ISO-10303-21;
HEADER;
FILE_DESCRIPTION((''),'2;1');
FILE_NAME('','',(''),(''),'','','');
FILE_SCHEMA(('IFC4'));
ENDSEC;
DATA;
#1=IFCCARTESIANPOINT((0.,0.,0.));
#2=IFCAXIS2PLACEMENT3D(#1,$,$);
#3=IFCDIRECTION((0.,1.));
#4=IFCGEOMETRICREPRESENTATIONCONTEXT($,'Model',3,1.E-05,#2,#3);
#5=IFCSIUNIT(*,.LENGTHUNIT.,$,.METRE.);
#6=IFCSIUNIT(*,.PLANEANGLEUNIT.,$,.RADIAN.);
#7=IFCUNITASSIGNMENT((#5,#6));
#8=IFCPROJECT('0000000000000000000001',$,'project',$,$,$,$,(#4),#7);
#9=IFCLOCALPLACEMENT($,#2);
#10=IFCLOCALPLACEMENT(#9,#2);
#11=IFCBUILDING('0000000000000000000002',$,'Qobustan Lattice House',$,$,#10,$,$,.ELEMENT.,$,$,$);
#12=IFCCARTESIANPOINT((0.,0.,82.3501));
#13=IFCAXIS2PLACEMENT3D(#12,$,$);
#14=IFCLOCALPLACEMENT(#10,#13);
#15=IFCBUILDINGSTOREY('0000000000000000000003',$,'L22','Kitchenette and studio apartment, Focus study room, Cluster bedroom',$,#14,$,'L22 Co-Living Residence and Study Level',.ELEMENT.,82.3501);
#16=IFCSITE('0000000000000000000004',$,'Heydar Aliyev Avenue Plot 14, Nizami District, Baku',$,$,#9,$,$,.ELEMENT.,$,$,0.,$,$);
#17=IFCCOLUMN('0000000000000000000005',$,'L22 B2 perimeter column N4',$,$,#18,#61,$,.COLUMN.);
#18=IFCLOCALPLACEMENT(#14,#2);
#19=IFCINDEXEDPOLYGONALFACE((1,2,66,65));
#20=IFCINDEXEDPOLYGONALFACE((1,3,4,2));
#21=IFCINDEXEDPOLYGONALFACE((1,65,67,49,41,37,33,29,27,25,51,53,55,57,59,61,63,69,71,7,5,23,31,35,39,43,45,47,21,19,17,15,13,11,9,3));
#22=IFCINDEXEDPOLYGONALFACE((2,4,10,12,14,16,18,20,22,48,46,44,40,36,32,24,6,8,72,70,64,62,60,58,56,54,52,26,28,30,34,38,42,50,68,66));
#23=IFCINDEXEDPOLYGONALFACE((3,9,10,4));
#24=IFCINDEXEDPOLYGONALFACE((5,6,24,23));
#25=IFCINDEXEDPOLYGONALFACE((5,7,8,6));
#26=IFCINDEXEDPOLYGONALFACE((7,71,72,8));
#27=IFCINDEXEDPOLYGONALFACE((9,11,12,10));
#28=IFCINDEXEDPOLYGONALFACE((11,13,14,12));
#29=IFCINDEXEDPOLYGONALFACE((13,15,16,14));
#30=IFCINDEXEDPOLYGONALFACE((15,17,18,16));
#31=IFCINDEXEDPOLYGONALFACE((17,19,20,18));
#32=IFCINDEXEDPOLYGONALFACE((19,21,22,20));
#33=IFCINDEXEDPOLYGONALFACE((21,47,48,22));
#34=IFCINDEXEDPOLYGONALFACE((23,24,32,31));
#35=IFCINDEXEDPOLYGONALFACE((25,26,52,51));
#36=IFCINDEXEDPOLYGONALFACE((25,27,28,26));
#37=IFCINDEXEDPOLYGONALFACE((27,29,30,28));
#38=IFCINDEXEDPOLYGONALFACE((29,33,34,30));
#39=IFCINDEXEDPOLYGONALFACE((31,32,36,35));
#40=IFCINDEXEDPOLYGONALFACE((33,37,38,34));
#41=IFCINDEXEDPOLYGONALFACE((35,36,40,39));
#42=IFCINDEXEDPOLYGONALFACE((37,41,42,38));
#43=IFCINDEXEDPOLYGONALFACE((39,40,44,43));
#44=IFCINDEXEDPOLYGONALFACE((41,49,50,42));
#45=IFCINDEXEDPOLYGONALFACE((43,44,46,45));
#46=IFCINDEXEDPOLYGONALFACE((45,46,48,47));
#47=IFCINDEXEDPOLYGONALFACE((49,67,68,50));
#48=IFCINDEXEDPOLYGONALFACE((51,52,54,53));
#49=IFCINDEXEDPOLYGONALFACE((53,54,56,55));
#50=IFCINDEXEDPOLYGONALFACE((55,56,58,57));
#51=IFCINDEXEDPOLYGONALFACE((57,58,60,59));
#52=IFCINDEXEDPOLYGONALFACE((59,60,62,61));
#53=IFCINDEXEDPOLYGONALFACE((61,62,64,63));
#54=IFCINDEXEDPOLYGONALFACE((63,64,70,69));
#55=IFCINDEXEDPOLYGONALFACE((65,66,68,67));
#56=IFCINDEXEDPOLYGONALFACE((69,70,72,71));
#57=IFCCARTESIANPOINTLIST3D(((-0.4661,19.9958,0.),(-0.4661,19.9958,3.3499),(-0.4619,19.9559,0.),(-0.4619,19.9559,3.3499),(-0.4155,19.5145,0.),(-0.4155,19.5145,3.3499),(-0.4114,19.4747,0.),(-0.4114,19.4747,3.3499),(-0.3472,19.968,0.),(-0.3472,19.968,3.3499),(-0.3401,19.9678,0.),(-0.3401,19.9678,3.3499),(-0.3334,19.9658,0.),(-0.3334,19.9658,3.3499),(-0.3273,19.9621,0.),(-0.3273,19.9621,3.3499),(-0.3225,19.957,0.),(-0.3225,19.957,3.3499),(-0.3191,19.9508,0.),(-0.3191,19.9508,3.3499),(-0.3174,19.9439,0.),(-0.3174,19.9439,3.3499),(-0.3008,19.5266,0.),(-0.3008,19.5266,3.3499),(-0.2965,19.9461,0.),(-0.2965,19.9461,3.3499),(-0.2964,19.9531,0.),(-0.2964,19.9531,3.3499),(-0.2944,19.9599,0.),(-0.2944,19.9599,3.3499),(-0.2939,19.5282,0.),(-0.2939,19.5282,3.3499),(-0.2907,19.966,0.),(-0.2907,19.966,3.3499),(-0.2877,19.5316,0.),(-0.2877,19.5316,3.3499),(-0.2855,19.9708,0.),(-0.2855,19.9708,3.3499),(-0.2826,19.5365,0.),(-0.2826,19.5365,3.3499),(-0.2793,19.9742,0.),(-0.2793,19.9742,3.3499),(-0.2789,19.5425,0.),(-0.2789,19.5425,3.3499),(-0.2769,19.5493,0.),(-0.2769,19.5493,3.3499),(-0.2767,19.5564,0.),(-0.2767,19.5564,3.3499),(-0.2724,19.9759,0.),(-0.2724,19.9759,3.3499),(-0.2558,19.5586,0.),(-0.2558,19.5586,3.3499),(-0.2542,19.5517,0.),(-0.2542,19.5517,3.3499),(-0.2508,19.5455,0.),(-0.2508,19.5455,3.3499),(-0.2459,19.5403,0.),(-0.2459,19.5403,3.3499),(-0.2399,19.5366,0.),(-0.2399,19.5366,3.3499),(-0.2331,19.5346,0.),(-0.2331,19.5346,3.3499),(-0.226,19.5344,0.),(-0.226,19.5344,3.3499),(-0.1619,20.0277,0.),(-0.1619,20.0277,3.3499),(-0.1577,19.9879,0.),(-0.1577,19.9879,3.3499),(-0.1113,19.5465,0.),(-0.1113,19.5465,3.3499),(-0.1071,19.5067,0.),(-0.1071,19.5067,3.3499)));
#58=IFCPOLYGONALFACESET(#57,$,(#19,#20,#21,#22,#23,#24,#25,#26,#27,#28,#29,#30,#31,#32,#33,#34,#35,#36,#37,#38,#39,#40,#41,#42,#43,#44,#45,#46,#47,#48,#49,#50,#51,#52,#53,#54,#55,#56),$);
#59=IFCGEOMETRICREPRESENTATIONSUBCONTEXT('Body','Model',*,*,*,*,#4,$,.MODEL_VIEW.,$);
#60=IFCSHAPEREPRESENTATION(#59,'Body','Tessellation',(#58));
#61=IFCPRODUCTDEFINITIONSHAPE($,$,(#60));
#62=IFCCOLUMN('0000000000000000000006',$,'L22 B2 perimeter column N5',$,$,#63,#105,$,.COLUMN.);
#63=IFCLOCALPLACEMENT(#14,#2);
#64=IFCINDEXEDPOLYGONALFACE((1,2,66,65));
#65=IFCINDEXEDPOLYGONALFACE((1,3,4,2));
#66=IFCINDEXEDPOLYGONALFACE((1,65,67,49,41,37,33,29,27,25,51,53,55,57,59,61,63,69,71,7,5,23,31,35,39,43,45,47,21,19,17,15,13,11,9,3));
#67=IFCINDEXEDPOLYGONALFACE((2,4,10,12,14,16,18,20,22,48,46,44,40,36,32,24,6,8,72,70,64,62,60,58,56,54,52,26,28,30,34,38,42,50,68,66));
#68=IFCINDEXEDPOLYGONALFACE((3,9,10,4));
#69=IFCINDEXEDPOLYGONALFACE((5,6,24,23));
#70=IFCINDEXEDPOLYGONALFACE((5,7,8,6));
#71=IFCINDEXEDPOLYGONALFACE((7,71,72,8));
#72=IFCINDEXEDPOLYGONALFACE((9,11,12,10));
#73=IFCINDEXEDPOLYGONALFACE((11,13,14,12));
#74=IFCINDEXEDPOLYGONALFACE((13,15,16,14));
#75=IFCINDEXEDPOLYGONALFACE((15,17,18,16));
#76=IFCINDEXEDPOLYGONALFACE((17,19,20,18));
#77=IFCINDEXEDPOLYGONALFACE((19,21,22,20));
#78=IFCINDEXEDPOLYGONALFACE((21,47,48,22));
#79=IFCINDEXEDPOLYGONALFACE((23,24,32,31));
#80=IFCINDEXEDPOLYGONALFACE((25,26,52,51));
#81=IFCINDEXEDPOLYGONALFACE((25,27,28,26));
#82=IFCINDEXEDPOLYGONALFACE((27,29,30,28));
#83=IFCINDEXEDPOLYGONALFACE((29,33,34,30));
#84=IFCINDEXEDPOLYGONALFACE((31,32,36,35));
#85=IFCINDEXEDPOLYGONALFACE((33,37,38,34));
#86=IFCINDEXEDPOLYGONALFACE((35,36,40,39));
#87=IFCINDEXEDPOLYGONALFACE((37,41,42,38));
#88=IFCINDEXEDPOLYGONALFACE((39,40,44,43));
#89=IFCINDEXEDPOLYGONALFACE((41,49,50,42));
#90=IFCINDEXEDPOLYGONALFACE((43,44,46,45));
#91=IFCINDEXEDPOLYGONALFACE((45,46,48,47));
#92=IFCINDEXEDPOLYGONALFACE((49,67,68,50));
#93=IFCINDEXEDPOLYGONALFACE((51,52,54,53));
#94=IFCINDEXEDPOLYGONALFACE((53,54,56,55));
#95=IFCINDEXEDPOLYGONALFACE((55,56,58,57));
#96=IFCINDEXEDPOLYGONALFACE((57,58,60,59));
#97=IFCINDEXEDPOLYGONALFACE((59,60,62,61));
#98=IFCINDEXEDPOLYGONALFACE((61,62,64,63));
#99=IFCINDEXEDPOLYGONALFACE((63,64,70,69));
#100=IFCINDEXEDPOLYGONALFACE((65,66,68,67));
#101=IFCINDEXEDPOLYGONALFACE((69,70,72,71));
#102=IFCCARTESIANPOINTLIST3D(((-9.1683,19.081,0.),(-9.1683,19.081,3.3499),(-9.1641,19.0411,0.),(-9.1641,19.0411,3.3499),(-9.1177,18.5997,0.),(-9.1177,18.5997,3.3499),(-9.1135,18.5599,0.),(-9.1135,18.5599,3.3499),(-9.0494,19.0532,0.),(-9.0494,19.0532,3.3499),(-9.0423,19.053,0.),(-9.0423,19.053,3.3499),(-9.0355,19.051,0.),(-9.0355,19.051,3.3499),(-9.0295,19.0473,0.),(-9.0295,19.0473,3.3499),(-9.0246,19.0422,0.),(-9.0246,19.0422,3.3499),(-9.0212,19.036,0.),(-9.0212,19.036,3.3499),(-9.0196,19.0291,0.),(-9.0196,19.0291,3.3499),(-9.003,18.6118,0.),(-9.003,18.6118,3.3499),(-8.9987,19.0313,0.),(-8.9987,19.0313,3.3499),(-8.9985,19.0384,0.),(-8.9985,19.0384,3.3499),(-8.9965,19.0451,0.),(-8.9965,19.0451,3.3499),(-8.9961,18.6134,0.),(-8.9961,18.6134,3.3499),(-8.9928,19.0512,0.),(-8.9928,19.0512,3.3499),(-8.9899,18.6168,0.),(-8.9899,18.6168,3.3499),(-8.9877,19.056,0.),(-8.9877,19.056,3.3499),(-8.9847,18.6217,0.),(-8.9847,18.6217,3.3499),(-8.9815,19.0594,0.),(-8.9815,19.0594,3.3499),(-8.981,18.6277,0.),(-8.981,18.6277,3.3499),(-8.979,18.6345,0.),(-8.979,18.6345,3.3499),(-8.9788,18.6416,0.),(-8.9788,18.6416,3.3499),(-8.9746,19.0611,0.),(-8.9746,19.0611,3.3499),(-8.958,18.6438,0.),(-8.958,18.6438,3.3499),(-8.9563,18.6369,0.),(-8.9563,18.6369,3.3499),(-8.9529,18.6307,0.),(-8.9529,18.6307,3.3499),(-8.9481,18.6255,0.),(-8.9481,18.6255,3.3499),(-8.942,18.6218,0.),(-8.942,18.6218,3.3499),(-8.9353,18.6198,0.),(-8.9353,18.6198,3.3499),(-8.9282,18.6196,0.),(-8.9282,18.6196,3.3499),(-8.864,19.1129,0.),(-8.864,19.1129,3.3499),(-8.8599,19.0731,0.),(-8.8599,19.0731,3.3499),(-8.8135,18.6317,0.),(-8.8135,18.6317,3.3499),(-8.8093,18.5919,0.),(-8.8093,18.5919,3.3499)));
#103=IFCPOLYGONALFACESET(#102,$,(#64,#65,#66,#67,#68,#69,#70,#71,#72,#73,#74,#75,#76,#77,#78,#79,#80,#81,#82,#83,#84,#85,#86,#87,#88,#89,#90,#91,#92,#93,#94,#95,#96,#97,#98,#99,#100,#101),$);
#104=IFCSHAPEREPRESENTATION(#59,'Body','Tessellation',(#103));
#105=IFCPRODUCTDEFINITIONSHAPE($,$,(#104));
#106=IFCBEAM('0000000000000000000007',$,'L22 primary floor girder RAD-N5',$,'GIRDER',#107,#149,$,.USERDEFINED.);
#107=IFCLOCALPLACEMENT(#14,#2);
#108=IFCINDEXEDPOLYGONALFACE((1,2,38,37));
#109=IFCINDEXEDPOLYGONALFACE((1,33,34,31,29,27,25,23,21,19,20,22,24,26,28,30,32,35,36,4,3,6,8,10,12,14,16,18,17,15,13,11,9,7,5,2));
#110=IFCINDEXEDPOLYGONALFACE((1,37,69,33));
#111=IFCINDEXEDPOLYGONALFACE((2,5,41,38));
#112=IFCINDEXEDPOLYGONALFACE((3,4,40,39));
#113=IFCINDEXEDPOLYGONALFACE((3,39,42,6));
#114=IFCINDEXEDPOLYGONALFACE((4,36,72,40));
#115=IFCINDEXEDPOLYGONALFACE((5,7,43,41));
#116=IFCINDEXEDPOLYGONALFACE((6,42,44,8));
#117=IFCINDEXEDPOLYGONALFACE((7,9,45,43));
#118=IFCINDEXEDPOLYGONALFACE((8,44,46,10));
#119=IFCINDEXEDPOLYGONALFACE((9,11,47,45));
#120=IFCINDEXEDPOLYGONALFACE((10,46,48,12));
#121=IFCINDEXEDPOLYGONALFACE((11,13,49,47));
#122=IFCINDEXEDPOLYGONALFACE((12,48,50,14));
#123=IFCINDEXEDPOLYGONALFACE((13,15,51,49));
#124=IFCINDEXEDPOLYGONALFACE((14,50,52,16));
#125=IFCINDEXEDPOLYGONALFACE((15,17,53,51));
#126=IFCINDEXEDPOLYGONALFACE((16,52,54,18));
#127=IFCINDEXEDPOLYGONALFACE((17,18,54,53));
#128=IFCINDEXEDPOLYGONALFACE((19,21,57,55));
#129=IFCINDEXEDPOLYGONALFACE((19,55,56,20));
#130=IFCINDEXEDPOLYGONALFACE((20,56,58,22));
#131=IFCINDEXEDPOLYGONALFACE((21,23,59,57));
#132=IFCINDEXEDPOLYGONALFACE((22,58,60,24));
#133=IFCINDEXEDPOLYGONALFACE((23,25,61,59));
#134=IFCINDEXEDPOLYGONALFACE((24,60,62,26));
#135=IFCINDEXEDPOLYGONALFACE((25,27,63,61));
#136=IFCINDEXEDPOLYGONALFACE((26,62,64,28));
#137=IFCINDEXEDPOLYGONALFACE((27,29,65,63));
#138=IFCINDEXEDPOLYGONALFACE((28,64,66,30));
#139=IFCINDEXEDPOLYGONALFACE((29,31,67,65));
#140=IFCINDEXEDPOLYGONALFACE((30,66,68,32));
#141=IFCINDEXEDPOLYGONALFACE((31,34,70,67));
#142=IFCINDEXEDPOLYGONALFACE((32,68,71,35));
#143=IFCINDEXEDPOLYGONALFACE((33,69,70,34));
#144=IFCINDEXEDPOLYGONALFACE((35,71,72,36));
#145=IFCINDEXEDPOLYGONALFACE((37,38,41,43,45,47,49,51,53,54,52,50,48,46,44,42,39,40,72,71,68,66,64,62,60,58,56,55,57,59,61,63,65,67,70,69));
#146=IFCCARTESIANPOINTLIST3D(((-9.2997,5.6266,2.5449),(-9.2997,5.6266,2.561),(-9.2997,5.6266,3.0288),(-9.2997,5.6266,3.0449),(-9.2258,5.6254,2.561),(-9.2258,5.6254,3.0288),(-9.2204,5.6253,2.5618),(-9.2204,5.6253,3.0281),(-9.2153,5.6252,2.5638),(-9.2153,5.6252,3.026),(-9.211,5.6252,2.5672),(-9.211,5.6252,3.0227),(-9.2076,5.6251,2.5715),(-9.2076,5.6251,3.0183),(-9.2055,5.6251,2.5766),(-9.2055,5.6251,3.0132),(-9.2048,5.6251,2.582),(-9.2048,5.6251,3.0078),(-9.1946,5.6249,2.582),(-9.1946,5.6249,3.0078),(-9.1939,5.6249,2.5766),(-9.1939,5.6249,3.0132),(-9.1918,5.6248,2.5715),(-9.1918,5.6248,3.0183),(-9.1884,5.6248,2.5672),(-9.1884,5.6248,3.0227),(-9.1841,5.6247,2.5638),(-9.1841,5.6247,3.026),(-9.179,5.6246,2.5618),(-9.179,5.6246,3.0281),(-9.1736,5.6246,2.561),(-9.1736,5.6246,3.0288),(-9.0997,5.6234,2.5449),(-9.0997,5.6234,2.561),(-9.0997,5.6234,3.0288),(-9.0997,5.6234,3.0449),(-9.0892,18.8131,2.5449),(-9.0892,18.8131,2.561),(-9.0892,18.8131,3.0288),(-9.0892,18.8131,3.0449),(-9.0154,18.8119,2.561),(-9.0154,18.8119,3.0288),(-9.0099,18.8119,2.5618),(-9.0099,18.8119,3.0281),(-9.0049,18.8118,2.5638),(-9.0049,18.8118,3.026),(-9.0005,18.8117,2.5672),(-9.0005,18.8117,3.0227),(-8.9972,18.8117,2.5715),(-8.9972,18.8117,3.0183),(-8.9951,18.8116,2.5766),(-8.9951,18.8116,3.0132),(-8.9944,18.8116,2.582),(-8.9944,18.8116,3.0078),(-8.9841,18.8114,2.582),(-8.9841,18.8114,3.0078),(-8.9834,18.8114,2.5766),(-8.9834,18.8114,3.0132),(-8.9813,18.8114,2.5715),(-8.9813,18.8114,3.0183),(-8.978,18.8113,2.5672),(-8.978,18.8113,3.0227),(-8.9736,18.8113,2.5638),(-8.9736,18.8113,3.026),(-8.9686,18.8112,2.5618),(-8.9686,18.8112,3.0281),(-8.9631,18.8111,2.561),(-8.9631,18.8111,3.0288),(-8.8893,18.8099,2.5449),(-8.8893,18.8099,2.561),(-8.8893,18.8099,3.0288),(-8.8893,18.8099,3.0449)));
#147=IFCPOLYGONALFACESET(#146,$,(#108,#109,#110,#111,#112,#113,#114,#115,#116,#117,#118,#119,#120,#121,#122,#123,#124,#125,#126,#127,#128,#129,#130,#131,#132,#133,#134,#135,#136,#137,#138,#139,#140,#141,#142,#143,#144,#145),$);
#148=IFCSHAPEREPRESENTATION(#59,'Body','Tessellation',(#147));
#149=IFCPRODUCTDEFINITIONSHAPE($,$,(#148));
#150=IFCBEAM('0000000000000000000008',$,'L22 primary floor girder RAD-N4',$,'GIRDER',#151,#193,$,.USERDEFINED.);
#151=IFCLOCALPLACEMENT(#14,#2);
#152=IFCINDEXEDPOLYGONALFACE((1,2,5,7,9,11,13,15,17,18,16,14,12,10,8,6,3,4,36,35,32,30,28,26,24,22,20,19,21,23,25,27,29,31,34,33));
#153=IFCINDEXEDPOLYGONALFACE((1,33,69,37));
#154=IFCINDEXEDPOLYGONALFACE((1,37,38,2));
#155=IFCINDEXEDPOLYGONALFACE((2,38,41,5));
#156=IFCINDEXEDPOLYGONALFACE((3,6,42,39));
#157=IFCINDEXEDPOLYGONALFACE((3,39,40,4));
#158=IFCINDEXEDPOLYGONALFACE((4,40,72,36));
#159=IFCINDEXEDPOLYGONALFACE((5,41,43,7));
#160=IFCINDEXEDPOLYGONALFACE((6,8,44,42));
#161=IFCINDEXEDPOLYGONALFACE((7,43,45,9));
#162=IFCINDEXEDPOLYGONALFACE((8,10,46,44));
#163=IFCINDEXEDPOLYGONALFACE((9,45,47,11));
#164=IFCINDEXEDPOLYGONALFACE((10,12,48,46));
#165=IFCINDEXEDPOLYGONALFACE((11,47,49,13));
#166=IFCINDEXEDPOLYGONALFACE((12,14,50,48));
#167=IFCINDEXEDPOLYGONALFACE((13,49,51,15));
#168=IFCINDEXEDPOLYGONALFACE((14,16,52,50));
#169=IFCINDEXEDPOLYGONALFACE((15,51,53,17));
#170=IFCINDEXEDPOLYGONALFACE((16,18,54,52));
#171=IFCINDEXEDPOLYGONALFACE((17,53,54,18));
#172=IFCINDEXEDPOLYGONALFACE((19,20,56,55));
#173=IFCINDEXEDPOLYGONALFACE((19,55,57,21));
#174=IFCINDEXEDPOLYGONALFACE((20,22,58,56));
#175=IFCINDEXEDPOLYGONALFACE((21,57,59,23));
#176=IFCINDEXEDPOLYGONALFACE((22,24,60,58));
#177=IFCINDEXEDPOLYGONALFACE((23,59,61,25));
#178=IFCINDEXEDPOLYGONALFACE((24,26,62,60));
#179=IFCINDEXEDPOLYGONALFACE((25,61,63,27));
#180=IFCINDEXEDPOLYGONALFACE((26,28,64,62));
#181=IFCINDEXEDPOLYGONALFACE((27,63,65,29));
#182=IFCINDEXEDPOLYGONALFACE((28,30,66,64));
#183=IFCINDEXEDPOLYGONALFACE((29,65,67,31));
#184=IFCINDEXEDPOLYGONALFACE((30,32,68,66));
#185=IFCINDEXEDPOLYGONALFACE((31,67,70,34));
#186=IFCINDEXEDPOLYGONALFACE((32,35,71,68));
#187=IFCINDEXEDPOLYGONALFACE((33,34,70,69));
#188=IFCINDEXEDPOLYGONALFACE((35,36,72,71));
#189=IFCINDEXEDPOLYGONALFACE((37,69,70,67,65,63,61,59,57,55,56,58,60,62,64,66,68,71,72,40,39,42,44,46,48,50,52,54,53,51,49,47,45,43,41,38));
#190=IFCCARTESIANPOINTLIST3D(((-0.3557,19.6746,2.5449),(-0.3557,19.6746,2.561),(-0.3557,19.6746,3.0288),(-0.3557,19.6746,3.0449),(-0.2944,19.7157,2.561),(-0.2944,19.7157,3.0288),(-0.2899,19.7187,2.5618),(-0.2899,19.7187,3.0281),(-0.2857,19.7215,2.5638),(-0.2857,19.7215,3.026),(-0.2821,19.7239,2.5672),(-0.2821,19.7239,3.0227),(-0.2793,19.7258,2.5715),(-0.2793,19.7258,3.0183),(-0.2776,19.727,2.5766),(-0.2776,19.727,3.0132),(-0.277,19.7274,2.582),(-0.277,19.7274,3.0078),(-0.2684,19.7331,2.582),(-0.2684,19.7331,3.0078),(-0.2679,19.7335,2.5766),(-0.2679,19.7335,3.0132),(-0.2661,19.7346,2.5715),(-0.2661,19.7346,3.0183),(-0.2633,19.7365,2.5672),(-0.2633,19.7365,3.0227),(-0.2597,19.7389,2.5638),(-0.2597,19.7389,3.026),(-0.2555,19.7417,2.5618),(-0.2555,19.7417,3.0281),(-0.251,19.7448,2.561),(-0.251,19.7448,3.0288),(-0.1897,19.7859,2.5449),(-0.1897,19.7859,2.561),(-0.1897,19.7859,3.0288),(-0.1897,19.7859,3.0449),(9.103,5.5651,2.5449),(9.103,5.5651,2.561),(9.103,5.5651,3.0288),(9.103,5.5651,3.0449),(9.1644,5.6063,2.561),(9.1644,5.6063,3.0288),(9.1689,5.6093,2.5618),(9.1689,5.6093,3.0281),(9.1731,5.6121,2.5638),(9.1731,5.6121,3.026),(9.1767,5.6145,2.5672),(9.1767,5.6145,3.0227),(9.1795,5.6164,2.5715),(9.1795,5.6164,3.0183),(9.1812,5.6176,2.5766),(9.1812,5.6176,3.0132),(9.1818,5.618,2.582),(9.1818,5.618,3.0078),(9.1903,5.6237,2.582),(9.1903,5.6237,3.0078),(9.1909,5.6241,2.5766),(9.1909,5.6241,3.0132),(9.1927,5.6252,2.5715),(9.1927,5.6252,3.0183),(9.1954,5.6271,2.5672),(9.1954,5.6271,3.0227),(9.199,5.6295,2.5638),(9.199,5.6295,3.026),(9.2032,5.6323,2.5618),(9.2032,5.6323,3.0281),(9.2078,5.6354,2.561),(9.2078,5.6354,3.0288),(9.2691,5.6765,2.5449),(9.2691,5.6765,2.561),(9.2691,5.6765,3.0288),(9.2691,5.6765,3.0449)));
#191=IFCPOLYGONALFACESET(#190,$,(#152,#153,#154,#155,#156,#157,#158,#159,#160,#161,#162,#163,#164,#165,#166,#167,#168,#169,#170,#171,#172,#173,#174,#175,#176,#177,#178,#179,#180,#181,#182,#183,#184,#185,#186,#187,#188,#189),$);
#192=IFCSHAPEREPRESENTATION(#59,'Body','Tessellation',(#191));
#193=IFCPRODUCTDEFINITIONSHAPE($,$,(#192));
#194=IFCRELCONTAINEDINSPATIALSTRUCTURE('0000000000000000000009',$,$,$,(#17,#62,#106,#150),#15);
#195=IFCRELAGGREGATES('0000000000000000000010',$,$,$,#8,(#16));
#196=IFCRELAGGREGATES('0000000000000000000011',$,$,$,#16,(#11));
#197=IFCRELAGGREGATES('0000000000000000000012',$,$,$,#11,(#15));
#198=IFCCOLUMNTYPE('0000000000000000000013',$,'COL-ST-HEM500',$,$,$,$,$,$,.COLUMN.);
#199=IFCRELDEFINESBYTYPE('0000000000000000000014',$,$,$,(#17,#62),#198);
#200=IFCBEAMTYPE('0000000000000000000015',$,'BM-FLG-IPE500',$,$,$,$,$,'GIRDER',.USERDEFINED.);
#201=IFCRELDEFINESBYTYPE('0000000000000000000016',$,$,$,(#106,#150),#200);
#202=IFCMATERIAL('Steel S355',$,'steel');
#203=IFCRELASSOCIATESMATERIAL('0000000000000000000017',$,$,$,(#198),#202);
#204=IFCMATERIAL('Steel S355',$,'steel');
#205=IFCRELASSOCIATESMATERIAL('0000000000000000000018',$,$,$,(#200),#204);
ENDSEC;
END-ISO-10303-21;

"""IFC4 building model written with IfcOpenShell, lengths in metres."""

from ifc_helpers import new_model, si_unit, direction, frame, origin, origin_2d, place, context, subcontext, project, spatial, i_section, extrude, material, material_profile, profile_set, type_object, element, save


model = new_model("IFC4")

# Units and contexts
model_context = context("Model", 3, precision=1e-05, world=origin(), true_north=direction((0.0, 1.0)))
body_context = subcontext(model_context, "Body", "Model", "MODEL_VIEW")
ifc_project = project(units=[si_unit("LENGTHUNIT", "METRE"), si_unit("PLANEANGLEUNIT", "RADIAN")], contexts=[model_context])

# Site, building, storey
site_placement = place(None, origin())
site = spatial("IfcSite", under=ifc_project, at=site_placement, Name="Heydar Aliyev Avenue Plot 14, Nizami District, Baku", CompositionType="ELEMENT", RefElevation=0.0)
building_placement = place(site_placement, origin())
building = spatial("IfcBuilding", under=site, at=building_placement, Name="Qobustan Lattice House", CompositionType="ELEMENT")
storey_placement = place(building_placement, frame((0.0, 0.0, 82.3501)))
storey = spatial("IfcBuildingStorey", under=building, at=storey_placement, Name="L22", Description="Kitchenette and studio apartment, Focus study room, Cluster bedroom", LongName="L22 Co-Living Residence and Study Level", CompositionType="ELEMENT", Elevation=82.3501)

# Columns
ifc_material_1 = material(Name="Steel S355", Category="steel")
ifc_material_profile_1 = material_profile(ifc_material_1, i_section(OverallWidth=0.3059, OverallDepth=0.5239, WebThickness=0.021, FlangeThickness=0.04, FilletRadius=0.0271, at=origin_2d()), Name="HEM500")
ifc_profile_set_1 = profile_set([ifc_material_profile_1], Name="Steel S355")
column_type = type_object("IfcColumnType", Name="COL-ST-HEM500", PredefinedType="COLUMN", material=ifc_profile_set_1)
for number, where, z_axis, x_axis, name in (
    (1, (-0.2866, 19.7512, 0.0), (0.0, 0.0, 1.0), (0.994522, 0.104528, 0.0), "L22 B2 perimeter column N4"),
    (2, (-8.9888, 18.8364, 0.0), (0.0, 0.0, 1.0), (0.994522, 0.104528, 0.0), "L22 B2 perimeter column N5"),
):
    element("IfcColumn", number, at=place(storey_placement, frame(where, z_axis=z_axis, x_axis=x_axis)), inside=storey, type_object=column_type, Name=name, PredefinedType="COLUMN", context=body_context, shape_type="SweptSolid", body=[
        extrude(i_section(OverallWidth=0.3059, OverallDepth=0.5239, WebThickness=0.021, FlangeThickness=0.04, FilletRadius=0.0271, at=origin_2d()), origin(), (0.0, 0.0, 1.0), 3.3499),
    ])

# Beams
ifc_material_2 = material(Name="Steel S355", Category="steel")
ifc_material_profile_2 = material_profile(ifc_material_2, i_section(OverallWidth=0.2, OverallDepth=0.5, WebThickness=0.0103, FlangeThickness=0.0161, FilletRadius=0.021, at=origin_2d()), Name="IPE500")
ifc_profile_set_2 = profile_set([ifc_material_profile_2], Name="Steel S355")
beam_type_1 = type_object("IfcBeamType", Name="BM-FLG-IPE500", ElementType="GIRDER", PredefinedType="USERDEFINED", material=ifc_profile_set_2)
beam_1_placement = place(storey_placement, frame((-8.9893, 18.8115, 2.7949), z_axis=(-0.015957, -0.999873, 0.0), x_axis=(0.999873, -0.015957, 0.0)))
element("IfcBeam", 3, at=beam_1_placement, inside=storey, type_object=beam_type_1, Name="L22 primary floor girder RAD-N5", ObjectType="GIRDER", PredefinedType="USERDEFINED", context=body_context, shape_type="SweptSolid", body=[
    extrude(i_section(OverallWidth=0.2, OverallDepth=0.5, WebThickness=0.0103, FlangeThickness=0.0161, FilletRadius=0.021, at=origin_2d()), origin(), (0.0, 0.0, 1.0), 13.1882),
])
beam_2_placement = place(storey_placement, frame((-0.2727, 19.7302, 2.7949), z_axis=(0.556838, -0.830621, 0.0), x_axis=(0.830621, 0.556838, 0.0)))
element("IfcBeam", 4, at=beam_2_placement, inside=storey, type_object=beam_type_1, Name="L22 primary floor girder RAD-N4", ObjectType="GIRDER", PredefinedType="USERDEFINED", context=body_context, shape_type="SweptSolid", body=[
    extrude(i_section(OverallWidth=0.2, OverallDepth=0.5, WebThickness=0.0103, FlangeThickness=0.0161, FilletRadius=0.021, at=origin_2d()), origin(), (0.0, 0.0, 1.0), 16.9866),
])

save(model, "model.ifc")
